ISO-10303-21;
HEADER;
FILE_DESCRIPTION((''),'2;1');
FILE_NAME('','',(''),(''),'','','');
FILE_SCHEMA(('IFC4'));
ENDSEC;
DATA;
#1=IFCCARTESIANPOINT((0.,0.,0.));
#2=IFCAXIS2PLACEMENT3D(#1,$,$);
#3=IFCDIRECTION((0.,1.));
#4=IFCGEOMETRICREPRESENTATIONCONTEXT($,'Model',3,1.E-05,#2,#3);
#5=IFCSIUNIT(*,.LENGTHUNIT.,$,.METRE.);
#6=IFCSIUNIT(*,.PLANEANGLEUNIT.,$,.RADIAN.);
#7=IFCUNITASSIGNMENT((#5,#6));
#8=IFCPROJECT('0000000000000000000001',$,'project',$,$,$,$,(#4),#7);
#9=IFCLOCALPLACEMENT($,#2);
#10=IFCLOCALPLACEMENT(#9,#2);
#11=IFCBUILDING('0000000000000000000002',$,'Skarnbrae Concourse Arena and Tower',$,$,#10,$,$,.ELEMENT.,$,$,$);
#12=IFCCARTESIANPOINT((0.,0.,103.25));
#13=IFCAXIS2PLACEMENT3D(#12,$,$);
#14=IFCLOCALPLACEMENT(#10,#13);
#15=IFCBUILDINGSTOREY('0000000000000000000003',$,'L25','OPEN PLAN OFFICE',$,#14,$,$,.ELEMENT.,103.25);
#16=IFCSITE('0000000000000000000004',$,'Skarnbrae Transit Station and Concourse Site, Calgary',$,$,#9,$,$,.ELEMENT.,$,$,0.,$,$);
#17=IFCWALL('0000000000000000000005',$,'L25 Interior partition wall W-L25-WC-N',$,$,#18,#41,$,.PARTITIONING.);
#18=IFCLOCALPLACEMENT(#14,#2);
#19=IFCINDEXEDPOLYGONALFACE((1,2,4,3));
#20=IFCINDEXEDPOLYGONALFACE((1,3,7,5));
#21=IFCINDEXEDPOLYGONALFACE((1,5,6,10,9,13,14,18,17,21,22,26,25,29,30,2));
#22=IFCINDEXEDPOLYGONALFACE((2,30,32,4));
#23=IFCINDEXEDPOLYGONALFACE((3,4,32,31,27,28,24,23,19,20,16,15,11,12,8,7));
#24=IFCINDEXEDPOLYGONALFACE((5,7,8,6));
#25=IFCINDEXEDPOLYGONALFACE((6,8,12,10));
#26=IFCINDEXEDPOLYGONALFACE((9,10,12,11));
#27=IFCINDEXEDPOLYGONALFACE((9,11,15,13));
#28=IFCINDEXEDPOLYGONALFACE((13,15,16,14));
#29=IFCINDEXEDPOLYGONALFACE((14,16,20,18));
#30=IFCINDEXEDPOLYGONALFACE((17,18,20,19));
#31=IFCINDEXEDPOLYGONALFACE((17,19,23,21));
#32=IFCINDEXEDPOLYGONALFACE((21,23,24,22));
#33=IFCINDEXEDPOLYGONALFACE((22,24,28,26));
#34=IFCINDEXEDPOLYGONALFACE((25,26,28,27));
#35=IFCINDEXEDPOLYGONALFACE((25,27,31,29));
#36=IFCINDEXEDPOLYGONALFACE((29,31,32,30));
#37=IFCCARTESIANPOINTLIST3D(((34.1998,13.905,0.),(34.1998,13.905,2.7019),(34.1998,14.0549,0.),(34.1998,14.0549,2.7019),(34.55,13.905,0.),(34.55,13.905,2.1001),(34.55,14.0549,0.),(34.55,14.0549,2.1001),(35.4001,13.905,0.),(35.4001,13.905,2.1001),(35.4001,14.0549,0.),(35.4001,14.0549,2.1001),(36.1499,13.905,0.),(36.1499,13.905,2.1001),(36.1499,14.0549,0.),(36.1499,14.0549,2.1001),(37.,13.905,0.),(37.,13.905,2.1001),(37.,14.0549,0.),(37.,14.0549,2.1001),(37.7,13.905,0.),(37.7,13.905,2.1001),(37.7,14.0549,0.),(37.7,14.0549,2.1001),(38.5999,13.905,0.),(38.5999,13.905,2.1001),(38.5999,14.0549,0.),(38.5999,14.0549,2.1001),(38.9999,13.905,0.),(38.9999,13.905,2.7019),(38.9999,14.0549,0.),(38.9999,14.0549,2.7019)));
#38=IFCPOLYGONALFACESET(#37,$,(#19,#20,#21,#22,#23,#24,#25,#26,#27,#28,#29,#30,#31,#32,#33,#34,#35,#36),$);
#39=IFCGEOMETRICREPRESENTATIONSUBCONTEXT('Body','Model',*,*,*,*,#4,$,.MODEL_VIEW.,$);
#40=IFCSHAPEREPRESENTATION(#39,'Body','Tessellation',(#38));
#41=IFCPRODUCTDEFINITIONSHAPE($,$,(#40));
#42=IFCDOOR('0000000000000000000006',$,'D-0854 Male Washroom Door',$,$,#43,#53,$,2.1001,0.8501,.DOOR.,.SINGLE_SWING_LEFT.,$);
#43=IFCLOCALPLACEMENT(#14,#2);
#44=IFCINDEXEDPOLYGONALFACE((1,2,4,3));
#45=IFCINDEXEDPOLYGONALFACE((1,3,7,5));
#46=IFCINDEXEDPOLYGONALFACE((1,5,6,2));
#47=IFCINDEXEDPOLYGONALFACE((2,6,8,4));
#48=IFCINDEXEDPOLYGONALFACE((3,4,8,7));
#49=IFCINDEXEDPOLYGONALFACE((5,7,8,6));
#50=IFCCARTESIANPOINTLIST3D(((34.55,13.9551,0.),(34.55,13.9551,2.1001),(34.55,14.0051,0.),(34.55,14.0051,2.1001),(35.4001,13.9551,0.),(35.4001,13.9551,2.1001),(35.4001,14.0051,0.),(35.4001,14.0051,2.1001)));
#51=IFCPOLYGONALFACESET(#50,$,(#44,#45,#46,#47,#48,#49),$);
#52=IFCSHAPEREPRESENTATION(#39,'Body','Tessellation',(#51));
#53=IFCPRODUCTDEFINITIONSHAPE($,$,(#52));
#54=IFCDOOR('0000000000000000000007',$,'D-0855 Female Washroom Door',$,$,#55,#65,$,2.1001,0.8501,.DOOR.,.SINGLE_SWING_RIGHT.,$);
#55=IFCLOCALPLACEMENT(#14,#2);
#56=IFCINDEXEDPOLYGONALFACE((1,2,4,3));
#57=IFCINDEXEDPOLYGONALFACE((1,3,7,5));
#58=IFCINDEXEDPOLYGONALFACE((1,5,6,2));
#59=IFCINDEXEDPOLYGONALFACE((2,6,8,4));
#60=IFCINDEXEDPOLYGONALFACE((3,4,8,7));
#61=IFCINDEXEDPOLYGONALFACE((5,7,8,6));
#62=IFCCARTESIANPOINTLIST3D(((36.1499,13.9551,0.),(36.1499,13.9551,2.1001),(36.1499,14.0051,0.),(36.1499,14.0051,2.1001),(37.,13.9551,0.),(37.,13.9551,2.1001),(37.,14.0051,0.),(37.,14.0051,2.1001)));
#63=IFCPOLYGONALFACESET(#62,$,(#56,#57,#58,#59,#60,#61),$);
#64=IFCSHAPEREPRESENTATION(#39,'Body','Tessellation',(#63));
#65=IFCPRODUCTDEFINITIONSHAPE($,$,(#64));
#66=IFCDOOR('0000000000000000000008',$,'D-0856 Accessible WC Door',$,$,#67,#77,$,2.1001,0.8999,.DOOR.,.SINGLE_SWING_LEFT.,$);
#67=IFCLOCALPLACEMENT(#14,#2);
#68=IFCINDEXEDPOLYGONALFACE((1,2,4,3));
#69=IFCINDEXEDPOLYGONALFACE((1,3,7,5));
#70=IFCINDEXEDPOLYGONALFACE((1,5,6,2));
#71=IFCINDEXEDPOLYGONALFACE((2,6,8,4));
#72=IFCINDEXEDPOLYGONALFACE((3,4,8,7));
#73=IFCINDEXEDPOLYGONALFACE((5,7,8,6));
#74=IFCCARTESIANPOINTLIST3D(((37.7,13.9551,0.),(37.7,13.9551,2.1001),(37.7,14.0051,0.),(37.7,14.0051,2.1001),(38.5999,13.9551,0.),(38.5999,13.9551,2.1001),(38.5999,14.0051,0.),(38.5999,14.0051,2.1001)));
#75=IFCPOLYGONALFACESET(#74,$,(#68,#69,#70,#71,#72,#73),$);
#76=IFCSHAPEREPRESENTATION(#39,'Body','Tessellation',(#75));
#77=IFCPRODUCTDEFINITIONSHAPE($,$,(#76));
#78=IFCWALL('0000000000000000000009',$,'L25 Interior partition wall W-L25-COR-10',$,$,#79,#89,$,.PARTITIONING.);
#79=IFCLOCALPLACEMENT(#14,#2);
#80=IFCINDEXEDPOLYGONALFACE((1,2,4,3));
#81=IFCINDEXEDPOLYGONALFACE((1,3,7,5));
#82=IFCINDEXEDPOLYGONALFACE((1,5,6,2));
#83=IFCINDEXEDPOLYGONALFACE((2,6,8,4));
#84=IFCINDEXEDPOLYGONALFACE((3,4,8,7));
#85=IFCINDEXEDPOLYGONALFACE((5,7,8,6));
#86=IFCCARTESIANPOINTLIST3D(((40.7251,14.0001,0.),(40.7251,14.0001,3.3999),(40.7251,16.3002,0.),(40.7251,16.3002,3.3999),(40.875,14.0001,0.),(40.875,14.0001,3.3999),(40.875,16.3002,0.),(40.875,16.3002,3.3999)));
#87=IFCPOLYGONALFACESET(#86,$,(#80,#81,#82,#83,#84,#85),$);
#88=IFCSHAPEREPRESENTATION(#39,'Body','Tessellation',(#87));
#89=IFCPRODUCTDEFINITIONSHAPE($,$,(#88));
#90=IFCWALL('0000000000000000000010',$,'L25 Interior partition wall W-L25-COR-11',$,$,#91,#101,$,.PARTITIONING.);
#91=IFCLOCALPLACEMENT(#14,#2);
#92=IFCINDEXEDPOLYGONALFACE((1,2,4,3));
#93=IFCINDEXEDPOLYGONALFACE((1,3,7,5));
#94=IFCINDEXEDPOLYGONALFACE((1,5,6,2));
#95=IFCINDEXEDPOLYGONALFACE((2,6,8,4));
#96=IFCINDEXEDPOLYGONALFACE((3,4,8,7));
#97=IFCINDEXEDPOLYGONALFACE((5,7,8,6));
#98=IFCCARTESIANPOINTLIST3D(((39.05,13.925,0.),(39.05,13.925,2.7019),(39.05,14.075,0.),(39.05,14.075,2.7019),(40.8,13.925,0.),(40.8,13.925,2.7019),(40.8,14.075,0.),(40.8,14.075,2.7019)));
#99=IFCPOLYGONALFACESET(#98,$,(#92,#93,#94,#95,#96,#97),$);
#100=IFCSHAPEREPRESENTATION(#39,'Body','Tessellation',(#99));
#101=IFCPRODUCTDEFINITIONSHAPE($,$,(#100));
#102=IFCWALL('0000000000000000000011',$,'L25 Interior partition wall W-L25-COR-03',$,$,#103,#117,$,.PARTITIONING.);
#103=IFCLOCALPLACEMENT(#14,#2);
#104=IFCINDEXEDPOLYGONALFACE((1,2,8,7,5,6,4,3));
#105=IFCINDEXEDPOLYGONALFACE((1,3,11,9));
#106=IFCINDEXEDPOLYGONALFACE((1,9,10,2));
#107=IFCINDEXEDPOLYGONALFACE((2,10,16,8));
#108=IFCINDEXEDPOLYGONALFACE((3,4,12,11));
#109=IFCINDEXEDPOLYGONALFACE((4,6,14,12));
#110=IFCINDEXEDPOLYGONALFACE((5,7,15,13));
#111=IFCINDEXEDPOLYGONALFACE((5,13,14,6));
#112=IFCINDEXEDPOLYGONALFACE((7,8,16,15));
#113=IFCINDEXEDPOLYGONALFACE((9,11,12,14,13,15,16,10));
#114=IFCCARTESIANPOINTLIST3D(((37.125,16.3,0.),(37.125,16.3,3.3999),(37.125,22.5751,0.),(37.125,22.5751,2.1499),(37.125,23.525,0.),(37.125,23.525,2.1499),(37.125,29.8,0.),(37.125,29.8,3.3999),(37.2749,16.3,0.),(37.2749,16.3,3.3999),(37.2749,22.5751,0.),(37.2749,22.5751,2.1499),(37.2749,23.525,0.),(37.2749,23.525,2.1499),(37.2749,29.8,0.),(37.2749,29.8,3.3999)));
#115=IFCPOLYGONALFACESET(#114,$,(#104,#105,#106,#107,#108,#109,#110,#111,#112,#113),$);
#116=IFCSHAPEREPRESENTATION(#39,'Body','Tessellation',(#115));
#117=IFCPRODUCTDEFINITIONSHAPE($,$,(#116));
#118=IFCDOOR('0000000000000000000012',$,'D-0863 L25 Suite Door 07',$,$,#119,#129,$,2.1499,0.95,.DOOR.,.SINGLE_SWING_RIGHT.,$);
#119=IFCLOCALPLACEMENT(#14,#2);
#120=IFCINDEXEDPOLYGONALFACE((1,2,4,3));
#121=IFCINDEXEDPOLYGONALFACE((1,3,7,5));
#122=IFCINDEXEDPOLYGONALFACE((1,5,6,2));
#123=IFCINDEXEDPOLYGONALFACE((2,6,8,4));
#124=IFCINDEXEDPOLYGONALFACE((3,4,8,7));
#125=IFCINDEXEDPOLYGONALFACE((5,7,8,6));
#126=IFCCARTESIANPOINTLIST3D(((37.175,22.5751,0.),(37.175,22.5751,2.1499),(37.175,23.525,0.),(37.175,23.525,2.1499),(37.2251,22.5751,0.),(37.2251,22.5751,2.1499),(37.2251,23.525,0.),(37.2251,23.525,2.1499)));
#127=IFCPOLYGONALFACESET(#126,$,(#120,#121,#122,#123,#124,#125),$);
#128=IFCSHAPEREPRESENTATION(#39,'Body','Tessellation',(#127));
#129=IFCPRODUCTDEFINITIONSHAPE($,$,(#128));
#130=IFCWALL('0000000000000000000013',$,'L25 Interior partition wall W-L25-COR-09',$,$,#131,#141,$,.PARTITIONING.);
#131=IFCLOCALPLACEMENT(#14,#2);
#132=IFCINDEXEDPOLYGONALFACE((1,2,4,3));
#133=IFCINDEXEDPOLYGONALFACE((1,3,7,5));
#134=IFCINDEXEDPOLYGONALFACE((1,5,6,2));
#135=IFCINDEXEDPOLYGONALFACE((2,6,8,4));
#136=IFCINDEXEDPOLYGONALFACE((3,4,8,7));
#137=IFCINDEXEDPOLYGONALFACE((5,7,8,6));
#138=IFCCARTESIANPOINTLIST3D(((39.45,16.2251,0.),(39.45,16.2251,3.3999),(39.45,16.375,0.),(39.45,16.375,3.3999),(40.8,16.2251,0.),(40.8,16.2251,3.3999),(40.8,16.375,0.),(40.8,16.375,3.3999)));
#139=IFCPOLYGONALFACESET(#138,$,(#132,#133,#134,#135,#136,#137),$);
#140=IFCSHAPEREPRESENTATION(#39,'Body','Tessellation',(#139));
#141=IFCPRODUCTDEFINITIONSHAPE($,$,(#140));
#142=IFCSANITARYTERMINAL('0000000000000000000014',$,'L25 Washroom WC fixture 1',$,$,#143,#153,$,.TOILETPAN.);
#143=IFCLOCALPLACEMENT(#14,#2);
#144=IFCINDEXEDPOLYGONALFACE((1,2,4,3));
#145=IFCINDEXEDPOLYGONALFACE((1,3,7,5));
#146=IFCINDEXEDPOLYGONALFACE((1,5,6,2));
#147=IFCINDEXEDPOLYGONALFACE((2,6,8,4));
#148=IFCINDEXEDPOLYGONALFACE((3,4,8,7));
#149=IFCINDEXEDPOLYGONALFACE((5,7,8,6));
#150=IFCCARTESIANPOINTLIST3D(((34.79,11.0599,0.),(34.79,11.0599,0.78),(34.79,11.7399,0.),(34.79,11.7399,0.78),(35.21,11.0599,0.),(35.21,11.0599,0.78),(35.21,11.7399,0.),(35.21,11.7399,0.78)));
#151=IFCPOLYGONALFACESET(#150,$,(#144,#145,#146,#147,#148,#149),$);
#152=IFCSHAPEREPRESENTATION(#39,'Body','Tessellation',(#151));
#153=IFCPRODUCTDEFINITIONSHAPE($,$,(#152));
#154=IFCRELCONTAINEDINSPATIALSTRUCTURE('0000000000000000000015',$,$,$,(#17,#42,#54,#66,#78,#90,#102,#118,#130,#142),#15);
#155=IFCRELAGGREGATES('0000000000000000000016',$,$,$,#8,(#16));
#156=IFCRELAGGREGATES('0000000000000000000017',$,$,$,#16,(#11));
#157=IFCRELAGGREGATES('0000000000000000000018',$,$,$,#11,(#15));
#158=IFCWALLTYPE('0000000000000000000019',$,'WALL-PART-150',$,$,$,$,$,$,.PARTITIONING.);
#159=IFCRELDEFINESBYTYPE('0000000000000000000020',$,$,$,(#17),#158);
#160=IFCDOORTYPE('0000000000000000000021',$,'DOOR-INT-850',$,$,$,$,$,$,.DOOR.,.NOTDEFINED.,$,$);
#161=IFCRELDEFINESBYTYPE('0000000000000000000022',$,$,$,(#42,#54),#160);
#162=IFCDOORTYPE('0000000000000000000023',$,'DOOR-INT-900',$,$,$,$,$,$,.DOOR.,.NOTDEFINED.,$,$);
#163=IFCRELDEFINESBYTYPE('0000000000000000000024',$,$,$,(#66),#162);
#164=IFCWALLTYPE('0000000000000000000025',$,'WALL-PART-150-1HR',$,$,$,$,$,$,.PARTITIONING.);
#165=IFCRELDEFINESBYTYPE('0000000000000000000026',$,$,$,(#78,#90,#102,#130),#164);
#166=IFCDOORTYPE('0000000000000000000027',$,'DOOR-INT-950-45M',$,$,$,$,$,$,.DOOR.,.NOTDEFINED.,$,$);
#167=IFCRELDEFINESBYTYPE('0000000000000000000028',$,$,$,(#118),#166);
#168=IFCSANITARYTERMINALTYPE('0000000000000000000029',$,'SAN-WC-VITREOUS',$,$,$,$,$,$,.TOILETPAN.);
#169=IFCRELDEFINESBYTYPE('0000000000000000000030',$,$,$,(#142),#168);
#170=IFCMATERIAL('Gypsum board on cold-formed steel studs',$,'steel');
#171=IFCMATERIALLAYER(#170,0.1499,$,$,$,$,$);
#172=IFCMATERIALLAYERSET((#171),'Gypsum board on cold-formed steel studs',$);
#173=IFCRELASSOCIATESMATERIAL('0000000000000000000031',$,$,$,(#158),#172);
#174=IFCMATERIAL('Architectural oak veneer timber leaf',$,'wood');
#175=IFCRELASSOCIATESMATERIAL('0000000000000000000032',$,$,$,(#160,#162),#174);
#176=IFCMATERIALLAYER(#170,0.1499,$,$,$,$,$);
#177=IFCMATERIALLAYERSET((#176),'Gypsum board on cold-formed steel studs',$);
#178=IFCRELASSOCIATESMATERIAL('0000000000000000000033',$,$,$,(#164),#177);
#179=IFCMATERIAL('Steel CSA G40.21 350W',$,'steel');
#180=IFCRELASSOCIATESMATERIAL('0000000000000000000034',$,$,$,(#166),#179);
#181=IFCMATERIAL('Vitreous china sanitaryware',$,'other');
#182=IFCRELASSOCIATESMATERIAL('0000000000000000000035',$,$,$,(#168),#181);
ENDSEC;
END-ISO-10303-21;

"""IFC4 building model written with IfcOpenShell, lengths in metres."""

from ifc_helpers import new_model, si_unit, direction, frame, frame_2d, origin, origin_2d, place, context, subcontext, project, spatial, rectangle, extrude, source, transform, mapped, material, layer, layer_set, type_object, element, fill, save


model = new_model("IFC4")

# Units and contexts
model_context = context("Model", 3, precision=1e-05, world=origin(), true_north=direction((0.0, 1.0)))
body_context = subcontext(model_context, "Body", "Model", "MODEL_VIEW")
ifc_project = project(units=[si_unit("LENGTHUNIT", "METRE"), si_unit("PLANEANGLEUNIT", "RADIAN")], contexts=[model_context])

# Site, building, storey
site_placement = place(None, origin())
site = spatial("IfcSite", under=ifc_project, at=site_placement, Name="Skarnbrae Transit Station and Concourse Site, Calgary", CompositionType="ELEMENT", RefElevation=0.0)
building_placement = place(site_placement, origin())
building = spatial("IfcBuilding", under=site, at=building_placement, Name="Skarnbrae Concourse Arena and Tower", CompositionType="ELEMENT")
storey_placement = place(building_placement, frame((0.0, 0.0, 103.25)))
storey = spatial("IfcBuildingStorey", under=building, at=storey_placement, Name="L25", Description="OPEN PLAN OFFICE", CompositionType="ELEMENT", Elevation=103.25)

# Shared definitions
ifc_material_1 = material(Name="Steel CSA G40.21 350W", Category="steel")

# Wall, openings, doors
ifc_material_2 = material(Name="Gypsum board on cold-formed steel studs", Category="steel")
ifc_layer_1 = layer(ifc_material_2, 0.1499)
ifc_layer_set_1 = layer_set([ifc_layer_1], Name="Gypsum board on cold-formed steel studs")
wall_type_1 = type_object("IfcWallType", Name="WALL-PART-150", PredefinedType="PARTITIONING", material=ifc_layer_set_1)
shared_shape_1 = source(origin(), body_context, "Body", "SweptSolid", [
    extrude(rectangle(XDim=4.8, YDim=0.1499, at=frame_2d((2.3999, 0.0))), origin(), (0.0, 0.0, 1.0), 2.7019),
])
wall_1_placement = place(storey_placement, frame((34.2, 13.98, 0.0), z_axis=(0.0, 0.0, 1.0), x_axis=(1.0, 0.0, 0.0)))
wall_1 = element("IfcWall", 1, at=wall_1_placement, inside=storey, type_object=wall_type_1, Name="L25 Interior partition wall W-L25-WC-N", PredefinedType="PARTITIONING", context=body_context, shape_type="MappedRepresentation", body=[
    mapped(shared_shape_1, transform((0.0, 0.0, 0.0))),
])
opening_1_placement = place(wall_1_placement, frame((0.3501, 0.0, 0.0)))
opening_1 = element("IfcOpeningElement", 2, at=opening_1_placement, cuts=wall_1, PredefinedType="OPENING", context=body_context, shape_type="SweptSolid", body=[
    extrude(rectangle(XDim=0.8501, YDim=2.1001, at=frame_2d((0.425, 1.05))), frame((0.0, 0.085, 0.0), z_axis=(0.0, -1.0, 0.0), x_axis=(1.0, 0.0, 0.0)), (0.0, 0.0, 1.0), 0.1699),
])
opening_2_placement = place(wall_1_placement, frame((1.95, 0.0, 0.0)))
opening_2 = element("IfcOpeningElement", 3, at=opening_2_placement, cuts=wall_1, PredefinedType="OPENING", context=body_context, shape_type="SweptSolid", body=[
    extrude(rectangle(XDim=0.8501, YDim=2.1001, at=frame_2d((0.425, 1.05))), frame((0.0, 0.085, 0.0), z_axis=(0.0, -1.0, 0.0), x_axis=(1.0, 0.0, 0.0)), (0.0, 0.0, 1.0), 0.1699),
])
opening_3_placement = place(wall_1_placement, frame((3.5, 0.0, 0.0)))
opening_3 = element("IfcOpeningElement", 4, at=opening_3_placement, cuts=wall_1, PredefinedType="OPENING", context=body_context, shape_type="SweptSolid", body=[
    extrude(rectangle(XDim=0.8999, YDim=2.1001, at=frame_2d((0.45, 1.05))), frame((0.0, 0.085, 0.0), z_axis=(0.0, -1.0, 0.0), x_axis=(1.0, 0.0, 0.0)), (0.0, 0.0, 1.0), 0.1699),
])
ifc_material_3 = material(Name="Architectural oak veneer timber leaf", Category="wood")
door_type_1 = type_object("IfcDoorType", Name="DOOR-INT-850", OperationType="NOTDEFINED", PredefinedType="DOOR", material=ifc_material_3)
shared_shape_2 = source(origin(), body_context, "Body", "SweptSolid", [
    extrude(rectangle(XDim=0.8501, YDim=2.1001, at=frame_2d((0.425, 1.05))), frame((0.0, 0.0249, 0.0), z_axis=(0.0, -1.0, 0.0), x_axis=(1.0, 0.0, 0.0)), (0.0, 0.0, 1.0), 0.05),
])
door_1_placement = place(opening_1_placement, frame((0.8501, 0.0, 0.0), z_axis=(0.0, 0.0, 1.0), x_axis=(-1.0, 0.0, 0.0)))
door_1 = element("IfcDoor", 5, at=door_1_placement, inside=storey, type_object=door_type_1, Name="D-0854 Male Washroom Door", OperationType="SINGLE_SWING_LEFT", OverallHeight=2.1001, OverallWidth=0.8501, PredefinedType="DOOR", context=body_context, shape_type="MappedRepresentation", body=[
    mapped(shared_shape_2, transform((0.0, 0.0, 0.0))),
])
fill(opening_1, door_1)
door_2_placement = place(opening_2_placement, frame((0.8501, 0.0, 0.0), z_axis=(0.0, 0.0, 1.0), x_axis=(-1.0, 0.0, 0.0)))
door_2 = element("IfcDoor", 6, at=door_2_placement, inside=storey, type_object=door_type_1, Name="D-0855 Female Washroom Door", OperationType="SINGLE_SWING_RIGHT", OverallHeight=2.1001, OverallWidth=0.8501, PredefinedType="DOOR", context=body_context, shape_type="MappedRepresentation", body=[
    mapped(shared_shape_2, transform((0.0, 0.0, 0.0))),
])
fill(opening_2, door_2)
door_type_2 = type_object("IfcDoorType", Name="DOOR-INT-900", OperationType="NOTDEFINED", PredefinedType="DOOR", material=ifc_material_3)
shared_shape_3 = source(origin(), body_context, "Body", "SweptSolid", [
    extrude(rectangle(XDim=0.8999, YDim=2.1001, at=frame_2d((0.45, 1.05))), frame((0.0, 0.0249, 0.0), z_axis=(0.0, -1.0, 0.0), x_axis=(1.0, 0.0, 0.0)), (0.0, 0.0, 1.0), 0.05),
])
door_3_placement = place(opening_3_placement, frame((0.8999, 0.0, 0.0), z_axis=(0.0, 0.0, 1.0), x_axis=(-1.0, 0.0, 0.0)))
door_3 = element("IfcDoor", 7, at=door_3_placement, inside=storey, type_object=door_type_2, Name="D-0856 Accessible WC Door", OperationType="SINGLE_SWING_LEFT", OverallHeight=2.1001, OverallWidth=0.8999, PredefinedType="DOOR", context=body_context, shape_type="MappedRepresentation", body=[
    mapped(shared_shape_3, transform((0.0, 0.0, 0.0))),
])
fill(opening_3, door_3)

# Walls
ifc_layer_2 = layer(ifc_material_2, 0.1499)
ifc_layer_set_2 = layer_set([ifc_layer_2], Name="Gypsum board on cold-formed steel studs")
wall_type_2 = type_object("IfcWallType", Name="WALL-PART-150-1HR", PredefinedType="PARTITIONING", material=ifc_layer_set_2)
shared_shape_4 = source(origin(), body_context, "Body", "SweptSolid", [
    extrude(rectangle(XDim=2.3, YDim=0.1499, at=frame_2d((1.1499, 0.0))), origin(), (0.0, 0.0, 1.0), 3.3999),
])
wall_2_placement = place(storey_placement, frame((40.8, 16.3, 0.0), z_axis=(0.0, 0.0, 1.0), x_axis=(0.0, -1.0, 0.0)))
element("IfcWall", 8, at=wall_2_placement, inside=storey, type_object=wall_type_2, Name="L25 Interior partition wall W-L25-COR-10", PredefinedType="PARTITIONING", context=body_context, shape_type="MappedRepresentation", body=[
    mapped(shared_shape_4, transform((0.0, 0.0, 0.0))),
])
shared_shape_5 = source(origin(), body_context, "Body", "SweptSolid", [
    extrude(rectangle(XDim=1.75, YDim=0.1499, at=frame_2d((0.875, 0.0))), origin(), (0.0, 0.0, 1.0), 2.7019),
])
wall_3_placement = place(storey_placement, frame((40.8, 14.0, 0.0), z_axis=(0.0, 0.0, 1.0), x_axis=(-1.0, 0.0, 0.0)))
element("IfcWall", 9, at=wall_3_placement, inside=storey, type_object=wall_type_2, Name="L25 Interior partition wall W-L25-COR-11", PredefinedType="PARTITIONING", context=body_context, shape_type="MappedRepresentation", body=[
    mapped(shared_shape_5, transform((0.0, 0.0, 0.0))),
])

# Wall, opening, door
shared_shape_6 = source(origin(), body_context, "Body", "SweptSolid", [
    extrude(rectangle(XDim=13.5, YDim=0.1499, at=frame_2d((6.75, 0.0))), origin(), (0.0, 0.0, 1.0), 3.3999),
])
wall_4_placement = place(storey_placement, frame((37.2, 16.3, 0.0), z_axis=(0.0, 0.0, 1.0), x_axis=(0.0, 1.0, 0.0)))
wall_4 = element("IfcWall", 10, at=wall_4_placement, inside=storey, type_object=wall_type_2, Name="L25 Interior partition wall W-L25-COR-03", PredefinedType="PARTITIONING", context=body_context, shape_type="MappedRepresentation", body=[
    mapped(shared_shape_6, transform((0.0, 0.0, 0.0))),
])
opening_4_placement = place(wall_4_placement, frame((6.2749, 0.0, 0.0)))
opening_4 = element("IfcOpeningElement", 11, at=opening_4_placement, cuts=wall_4, PredefinedType="OPENING", context=body_context, shape_type="SweptSolid", body=[
    extrude(rectangle(XDim=0.95, YDim=2.1499, at=frame_2d((0.4751, 1.075))), frame((0.0, 0.085, 0.0), z_axis=(0.0, -1.0, 0.0), x_axis=(1.0, 0.0, 0.0)), (0.0, 0.0, 1.0), 0.1699),
])
door_type_3 = type_object("IfcDoorType", Name="DOOR-INT-950-45M", OperationType="NOTDEFINED", PredefinedType="DOOR", material=ifc_material_1)
shared_shape_7 = source(origin(), body_context, "Body", "SweptSolid", [
    extrude(rectangle(XDim=0.95, YDim=2.1499, at=frame_2d((0.4751, 1.075))), frame((0.0, 0.0249, 0.0), z_axis=(0.0, -1.0, 0.0), x_axis=(1.0, 0.0, 0.0)), (0.0, 0.0, 1.0), 0.05),
])
door_4_placement = place(opening_4_placement, origin())
door_4 = element("IfcDoor", 12, at=door_4_placement, inside=storey, type_object=door_type_3, Name="D-0863 L25 Suite Door 07", OperationType="SINGLE_SWING_RIGHT", OverallHeight=2.1499, OverallWidth=0.95, PredefinedType="DOOR", context=body_context, shape_type="MappedRepresentation", body=[
    mapped(shared_shape_7, transform((0.0, 0.0, 0.0))),
])
fill(opening_4, door_4)

# Wall
shared_shape_8 = source(origin(), body_context, "Body", "SweptSolid", [
    extrude(rectangle(XDim=1.3501, YDim=0.1499, at=frame_2d((0.675, 0.0))), origin(), (0.0, 0.0, 1.0), 3.3999),
])
wall_5_placement = place(storey_placement, frame((39.45, 16.3, 0.0), z_axis=(0.0, 0.0, 1.0), x_axis=(1.0, 0.0, 0.0)))
element("IfcWall", 13, at=wall_5_placement, inside=storey, type_object=wall_type_2, Name="L25 Interior partition wall W-L25-COR-09", PredefinedType="PARTITIONING", context=body_context, shape_type="MappedRepresentation", body=[
    mapped(shared_shape_8, transform((0.0, 0.0, 0.0))),
])

# Sanitary terminal
ifc_material_4 = material(Name="Vitreous china sanitaryware", Category="other")
sanitary_terminal_type = type_object("IfcSanitaryTerminalType", Name="SAN-WC-VITREOUS", PredefinedType="TOILETPAN", material=ifc_material_4)
shared_shape_9 = source(origin(), body_context, "Body", "SweptSolid", [
    extrude(rectangle(XDim=0.4199, YDim=0.6799, at=origin_2d()), origin(), (0.0, 0.0, 1.0), 0.78),
])
for number, where, z_axis, x_axis, name in (
    (14, (35.0, 11.3999, 0.0), (0.0, 0.0, 1.0), (1.0, 0.0, 0.0), "L25 Washroom WC fixture 1"),
):
    element("IfcSanitaryTerminal", number, at=place(storey_placement, frame(where, z_axis=z_axis, x_axis=x_axis)), inside=storey, type_object=sanitary_terminal_type, Name=name, PredefinedType="TOILETPAN", context=body_context, shape_type="MappedRepresentation", body=[
        mapped(shared_shape_9, transform((0.0, 0.0, 0.0))),
    ])

save(model, "model.ifc")
